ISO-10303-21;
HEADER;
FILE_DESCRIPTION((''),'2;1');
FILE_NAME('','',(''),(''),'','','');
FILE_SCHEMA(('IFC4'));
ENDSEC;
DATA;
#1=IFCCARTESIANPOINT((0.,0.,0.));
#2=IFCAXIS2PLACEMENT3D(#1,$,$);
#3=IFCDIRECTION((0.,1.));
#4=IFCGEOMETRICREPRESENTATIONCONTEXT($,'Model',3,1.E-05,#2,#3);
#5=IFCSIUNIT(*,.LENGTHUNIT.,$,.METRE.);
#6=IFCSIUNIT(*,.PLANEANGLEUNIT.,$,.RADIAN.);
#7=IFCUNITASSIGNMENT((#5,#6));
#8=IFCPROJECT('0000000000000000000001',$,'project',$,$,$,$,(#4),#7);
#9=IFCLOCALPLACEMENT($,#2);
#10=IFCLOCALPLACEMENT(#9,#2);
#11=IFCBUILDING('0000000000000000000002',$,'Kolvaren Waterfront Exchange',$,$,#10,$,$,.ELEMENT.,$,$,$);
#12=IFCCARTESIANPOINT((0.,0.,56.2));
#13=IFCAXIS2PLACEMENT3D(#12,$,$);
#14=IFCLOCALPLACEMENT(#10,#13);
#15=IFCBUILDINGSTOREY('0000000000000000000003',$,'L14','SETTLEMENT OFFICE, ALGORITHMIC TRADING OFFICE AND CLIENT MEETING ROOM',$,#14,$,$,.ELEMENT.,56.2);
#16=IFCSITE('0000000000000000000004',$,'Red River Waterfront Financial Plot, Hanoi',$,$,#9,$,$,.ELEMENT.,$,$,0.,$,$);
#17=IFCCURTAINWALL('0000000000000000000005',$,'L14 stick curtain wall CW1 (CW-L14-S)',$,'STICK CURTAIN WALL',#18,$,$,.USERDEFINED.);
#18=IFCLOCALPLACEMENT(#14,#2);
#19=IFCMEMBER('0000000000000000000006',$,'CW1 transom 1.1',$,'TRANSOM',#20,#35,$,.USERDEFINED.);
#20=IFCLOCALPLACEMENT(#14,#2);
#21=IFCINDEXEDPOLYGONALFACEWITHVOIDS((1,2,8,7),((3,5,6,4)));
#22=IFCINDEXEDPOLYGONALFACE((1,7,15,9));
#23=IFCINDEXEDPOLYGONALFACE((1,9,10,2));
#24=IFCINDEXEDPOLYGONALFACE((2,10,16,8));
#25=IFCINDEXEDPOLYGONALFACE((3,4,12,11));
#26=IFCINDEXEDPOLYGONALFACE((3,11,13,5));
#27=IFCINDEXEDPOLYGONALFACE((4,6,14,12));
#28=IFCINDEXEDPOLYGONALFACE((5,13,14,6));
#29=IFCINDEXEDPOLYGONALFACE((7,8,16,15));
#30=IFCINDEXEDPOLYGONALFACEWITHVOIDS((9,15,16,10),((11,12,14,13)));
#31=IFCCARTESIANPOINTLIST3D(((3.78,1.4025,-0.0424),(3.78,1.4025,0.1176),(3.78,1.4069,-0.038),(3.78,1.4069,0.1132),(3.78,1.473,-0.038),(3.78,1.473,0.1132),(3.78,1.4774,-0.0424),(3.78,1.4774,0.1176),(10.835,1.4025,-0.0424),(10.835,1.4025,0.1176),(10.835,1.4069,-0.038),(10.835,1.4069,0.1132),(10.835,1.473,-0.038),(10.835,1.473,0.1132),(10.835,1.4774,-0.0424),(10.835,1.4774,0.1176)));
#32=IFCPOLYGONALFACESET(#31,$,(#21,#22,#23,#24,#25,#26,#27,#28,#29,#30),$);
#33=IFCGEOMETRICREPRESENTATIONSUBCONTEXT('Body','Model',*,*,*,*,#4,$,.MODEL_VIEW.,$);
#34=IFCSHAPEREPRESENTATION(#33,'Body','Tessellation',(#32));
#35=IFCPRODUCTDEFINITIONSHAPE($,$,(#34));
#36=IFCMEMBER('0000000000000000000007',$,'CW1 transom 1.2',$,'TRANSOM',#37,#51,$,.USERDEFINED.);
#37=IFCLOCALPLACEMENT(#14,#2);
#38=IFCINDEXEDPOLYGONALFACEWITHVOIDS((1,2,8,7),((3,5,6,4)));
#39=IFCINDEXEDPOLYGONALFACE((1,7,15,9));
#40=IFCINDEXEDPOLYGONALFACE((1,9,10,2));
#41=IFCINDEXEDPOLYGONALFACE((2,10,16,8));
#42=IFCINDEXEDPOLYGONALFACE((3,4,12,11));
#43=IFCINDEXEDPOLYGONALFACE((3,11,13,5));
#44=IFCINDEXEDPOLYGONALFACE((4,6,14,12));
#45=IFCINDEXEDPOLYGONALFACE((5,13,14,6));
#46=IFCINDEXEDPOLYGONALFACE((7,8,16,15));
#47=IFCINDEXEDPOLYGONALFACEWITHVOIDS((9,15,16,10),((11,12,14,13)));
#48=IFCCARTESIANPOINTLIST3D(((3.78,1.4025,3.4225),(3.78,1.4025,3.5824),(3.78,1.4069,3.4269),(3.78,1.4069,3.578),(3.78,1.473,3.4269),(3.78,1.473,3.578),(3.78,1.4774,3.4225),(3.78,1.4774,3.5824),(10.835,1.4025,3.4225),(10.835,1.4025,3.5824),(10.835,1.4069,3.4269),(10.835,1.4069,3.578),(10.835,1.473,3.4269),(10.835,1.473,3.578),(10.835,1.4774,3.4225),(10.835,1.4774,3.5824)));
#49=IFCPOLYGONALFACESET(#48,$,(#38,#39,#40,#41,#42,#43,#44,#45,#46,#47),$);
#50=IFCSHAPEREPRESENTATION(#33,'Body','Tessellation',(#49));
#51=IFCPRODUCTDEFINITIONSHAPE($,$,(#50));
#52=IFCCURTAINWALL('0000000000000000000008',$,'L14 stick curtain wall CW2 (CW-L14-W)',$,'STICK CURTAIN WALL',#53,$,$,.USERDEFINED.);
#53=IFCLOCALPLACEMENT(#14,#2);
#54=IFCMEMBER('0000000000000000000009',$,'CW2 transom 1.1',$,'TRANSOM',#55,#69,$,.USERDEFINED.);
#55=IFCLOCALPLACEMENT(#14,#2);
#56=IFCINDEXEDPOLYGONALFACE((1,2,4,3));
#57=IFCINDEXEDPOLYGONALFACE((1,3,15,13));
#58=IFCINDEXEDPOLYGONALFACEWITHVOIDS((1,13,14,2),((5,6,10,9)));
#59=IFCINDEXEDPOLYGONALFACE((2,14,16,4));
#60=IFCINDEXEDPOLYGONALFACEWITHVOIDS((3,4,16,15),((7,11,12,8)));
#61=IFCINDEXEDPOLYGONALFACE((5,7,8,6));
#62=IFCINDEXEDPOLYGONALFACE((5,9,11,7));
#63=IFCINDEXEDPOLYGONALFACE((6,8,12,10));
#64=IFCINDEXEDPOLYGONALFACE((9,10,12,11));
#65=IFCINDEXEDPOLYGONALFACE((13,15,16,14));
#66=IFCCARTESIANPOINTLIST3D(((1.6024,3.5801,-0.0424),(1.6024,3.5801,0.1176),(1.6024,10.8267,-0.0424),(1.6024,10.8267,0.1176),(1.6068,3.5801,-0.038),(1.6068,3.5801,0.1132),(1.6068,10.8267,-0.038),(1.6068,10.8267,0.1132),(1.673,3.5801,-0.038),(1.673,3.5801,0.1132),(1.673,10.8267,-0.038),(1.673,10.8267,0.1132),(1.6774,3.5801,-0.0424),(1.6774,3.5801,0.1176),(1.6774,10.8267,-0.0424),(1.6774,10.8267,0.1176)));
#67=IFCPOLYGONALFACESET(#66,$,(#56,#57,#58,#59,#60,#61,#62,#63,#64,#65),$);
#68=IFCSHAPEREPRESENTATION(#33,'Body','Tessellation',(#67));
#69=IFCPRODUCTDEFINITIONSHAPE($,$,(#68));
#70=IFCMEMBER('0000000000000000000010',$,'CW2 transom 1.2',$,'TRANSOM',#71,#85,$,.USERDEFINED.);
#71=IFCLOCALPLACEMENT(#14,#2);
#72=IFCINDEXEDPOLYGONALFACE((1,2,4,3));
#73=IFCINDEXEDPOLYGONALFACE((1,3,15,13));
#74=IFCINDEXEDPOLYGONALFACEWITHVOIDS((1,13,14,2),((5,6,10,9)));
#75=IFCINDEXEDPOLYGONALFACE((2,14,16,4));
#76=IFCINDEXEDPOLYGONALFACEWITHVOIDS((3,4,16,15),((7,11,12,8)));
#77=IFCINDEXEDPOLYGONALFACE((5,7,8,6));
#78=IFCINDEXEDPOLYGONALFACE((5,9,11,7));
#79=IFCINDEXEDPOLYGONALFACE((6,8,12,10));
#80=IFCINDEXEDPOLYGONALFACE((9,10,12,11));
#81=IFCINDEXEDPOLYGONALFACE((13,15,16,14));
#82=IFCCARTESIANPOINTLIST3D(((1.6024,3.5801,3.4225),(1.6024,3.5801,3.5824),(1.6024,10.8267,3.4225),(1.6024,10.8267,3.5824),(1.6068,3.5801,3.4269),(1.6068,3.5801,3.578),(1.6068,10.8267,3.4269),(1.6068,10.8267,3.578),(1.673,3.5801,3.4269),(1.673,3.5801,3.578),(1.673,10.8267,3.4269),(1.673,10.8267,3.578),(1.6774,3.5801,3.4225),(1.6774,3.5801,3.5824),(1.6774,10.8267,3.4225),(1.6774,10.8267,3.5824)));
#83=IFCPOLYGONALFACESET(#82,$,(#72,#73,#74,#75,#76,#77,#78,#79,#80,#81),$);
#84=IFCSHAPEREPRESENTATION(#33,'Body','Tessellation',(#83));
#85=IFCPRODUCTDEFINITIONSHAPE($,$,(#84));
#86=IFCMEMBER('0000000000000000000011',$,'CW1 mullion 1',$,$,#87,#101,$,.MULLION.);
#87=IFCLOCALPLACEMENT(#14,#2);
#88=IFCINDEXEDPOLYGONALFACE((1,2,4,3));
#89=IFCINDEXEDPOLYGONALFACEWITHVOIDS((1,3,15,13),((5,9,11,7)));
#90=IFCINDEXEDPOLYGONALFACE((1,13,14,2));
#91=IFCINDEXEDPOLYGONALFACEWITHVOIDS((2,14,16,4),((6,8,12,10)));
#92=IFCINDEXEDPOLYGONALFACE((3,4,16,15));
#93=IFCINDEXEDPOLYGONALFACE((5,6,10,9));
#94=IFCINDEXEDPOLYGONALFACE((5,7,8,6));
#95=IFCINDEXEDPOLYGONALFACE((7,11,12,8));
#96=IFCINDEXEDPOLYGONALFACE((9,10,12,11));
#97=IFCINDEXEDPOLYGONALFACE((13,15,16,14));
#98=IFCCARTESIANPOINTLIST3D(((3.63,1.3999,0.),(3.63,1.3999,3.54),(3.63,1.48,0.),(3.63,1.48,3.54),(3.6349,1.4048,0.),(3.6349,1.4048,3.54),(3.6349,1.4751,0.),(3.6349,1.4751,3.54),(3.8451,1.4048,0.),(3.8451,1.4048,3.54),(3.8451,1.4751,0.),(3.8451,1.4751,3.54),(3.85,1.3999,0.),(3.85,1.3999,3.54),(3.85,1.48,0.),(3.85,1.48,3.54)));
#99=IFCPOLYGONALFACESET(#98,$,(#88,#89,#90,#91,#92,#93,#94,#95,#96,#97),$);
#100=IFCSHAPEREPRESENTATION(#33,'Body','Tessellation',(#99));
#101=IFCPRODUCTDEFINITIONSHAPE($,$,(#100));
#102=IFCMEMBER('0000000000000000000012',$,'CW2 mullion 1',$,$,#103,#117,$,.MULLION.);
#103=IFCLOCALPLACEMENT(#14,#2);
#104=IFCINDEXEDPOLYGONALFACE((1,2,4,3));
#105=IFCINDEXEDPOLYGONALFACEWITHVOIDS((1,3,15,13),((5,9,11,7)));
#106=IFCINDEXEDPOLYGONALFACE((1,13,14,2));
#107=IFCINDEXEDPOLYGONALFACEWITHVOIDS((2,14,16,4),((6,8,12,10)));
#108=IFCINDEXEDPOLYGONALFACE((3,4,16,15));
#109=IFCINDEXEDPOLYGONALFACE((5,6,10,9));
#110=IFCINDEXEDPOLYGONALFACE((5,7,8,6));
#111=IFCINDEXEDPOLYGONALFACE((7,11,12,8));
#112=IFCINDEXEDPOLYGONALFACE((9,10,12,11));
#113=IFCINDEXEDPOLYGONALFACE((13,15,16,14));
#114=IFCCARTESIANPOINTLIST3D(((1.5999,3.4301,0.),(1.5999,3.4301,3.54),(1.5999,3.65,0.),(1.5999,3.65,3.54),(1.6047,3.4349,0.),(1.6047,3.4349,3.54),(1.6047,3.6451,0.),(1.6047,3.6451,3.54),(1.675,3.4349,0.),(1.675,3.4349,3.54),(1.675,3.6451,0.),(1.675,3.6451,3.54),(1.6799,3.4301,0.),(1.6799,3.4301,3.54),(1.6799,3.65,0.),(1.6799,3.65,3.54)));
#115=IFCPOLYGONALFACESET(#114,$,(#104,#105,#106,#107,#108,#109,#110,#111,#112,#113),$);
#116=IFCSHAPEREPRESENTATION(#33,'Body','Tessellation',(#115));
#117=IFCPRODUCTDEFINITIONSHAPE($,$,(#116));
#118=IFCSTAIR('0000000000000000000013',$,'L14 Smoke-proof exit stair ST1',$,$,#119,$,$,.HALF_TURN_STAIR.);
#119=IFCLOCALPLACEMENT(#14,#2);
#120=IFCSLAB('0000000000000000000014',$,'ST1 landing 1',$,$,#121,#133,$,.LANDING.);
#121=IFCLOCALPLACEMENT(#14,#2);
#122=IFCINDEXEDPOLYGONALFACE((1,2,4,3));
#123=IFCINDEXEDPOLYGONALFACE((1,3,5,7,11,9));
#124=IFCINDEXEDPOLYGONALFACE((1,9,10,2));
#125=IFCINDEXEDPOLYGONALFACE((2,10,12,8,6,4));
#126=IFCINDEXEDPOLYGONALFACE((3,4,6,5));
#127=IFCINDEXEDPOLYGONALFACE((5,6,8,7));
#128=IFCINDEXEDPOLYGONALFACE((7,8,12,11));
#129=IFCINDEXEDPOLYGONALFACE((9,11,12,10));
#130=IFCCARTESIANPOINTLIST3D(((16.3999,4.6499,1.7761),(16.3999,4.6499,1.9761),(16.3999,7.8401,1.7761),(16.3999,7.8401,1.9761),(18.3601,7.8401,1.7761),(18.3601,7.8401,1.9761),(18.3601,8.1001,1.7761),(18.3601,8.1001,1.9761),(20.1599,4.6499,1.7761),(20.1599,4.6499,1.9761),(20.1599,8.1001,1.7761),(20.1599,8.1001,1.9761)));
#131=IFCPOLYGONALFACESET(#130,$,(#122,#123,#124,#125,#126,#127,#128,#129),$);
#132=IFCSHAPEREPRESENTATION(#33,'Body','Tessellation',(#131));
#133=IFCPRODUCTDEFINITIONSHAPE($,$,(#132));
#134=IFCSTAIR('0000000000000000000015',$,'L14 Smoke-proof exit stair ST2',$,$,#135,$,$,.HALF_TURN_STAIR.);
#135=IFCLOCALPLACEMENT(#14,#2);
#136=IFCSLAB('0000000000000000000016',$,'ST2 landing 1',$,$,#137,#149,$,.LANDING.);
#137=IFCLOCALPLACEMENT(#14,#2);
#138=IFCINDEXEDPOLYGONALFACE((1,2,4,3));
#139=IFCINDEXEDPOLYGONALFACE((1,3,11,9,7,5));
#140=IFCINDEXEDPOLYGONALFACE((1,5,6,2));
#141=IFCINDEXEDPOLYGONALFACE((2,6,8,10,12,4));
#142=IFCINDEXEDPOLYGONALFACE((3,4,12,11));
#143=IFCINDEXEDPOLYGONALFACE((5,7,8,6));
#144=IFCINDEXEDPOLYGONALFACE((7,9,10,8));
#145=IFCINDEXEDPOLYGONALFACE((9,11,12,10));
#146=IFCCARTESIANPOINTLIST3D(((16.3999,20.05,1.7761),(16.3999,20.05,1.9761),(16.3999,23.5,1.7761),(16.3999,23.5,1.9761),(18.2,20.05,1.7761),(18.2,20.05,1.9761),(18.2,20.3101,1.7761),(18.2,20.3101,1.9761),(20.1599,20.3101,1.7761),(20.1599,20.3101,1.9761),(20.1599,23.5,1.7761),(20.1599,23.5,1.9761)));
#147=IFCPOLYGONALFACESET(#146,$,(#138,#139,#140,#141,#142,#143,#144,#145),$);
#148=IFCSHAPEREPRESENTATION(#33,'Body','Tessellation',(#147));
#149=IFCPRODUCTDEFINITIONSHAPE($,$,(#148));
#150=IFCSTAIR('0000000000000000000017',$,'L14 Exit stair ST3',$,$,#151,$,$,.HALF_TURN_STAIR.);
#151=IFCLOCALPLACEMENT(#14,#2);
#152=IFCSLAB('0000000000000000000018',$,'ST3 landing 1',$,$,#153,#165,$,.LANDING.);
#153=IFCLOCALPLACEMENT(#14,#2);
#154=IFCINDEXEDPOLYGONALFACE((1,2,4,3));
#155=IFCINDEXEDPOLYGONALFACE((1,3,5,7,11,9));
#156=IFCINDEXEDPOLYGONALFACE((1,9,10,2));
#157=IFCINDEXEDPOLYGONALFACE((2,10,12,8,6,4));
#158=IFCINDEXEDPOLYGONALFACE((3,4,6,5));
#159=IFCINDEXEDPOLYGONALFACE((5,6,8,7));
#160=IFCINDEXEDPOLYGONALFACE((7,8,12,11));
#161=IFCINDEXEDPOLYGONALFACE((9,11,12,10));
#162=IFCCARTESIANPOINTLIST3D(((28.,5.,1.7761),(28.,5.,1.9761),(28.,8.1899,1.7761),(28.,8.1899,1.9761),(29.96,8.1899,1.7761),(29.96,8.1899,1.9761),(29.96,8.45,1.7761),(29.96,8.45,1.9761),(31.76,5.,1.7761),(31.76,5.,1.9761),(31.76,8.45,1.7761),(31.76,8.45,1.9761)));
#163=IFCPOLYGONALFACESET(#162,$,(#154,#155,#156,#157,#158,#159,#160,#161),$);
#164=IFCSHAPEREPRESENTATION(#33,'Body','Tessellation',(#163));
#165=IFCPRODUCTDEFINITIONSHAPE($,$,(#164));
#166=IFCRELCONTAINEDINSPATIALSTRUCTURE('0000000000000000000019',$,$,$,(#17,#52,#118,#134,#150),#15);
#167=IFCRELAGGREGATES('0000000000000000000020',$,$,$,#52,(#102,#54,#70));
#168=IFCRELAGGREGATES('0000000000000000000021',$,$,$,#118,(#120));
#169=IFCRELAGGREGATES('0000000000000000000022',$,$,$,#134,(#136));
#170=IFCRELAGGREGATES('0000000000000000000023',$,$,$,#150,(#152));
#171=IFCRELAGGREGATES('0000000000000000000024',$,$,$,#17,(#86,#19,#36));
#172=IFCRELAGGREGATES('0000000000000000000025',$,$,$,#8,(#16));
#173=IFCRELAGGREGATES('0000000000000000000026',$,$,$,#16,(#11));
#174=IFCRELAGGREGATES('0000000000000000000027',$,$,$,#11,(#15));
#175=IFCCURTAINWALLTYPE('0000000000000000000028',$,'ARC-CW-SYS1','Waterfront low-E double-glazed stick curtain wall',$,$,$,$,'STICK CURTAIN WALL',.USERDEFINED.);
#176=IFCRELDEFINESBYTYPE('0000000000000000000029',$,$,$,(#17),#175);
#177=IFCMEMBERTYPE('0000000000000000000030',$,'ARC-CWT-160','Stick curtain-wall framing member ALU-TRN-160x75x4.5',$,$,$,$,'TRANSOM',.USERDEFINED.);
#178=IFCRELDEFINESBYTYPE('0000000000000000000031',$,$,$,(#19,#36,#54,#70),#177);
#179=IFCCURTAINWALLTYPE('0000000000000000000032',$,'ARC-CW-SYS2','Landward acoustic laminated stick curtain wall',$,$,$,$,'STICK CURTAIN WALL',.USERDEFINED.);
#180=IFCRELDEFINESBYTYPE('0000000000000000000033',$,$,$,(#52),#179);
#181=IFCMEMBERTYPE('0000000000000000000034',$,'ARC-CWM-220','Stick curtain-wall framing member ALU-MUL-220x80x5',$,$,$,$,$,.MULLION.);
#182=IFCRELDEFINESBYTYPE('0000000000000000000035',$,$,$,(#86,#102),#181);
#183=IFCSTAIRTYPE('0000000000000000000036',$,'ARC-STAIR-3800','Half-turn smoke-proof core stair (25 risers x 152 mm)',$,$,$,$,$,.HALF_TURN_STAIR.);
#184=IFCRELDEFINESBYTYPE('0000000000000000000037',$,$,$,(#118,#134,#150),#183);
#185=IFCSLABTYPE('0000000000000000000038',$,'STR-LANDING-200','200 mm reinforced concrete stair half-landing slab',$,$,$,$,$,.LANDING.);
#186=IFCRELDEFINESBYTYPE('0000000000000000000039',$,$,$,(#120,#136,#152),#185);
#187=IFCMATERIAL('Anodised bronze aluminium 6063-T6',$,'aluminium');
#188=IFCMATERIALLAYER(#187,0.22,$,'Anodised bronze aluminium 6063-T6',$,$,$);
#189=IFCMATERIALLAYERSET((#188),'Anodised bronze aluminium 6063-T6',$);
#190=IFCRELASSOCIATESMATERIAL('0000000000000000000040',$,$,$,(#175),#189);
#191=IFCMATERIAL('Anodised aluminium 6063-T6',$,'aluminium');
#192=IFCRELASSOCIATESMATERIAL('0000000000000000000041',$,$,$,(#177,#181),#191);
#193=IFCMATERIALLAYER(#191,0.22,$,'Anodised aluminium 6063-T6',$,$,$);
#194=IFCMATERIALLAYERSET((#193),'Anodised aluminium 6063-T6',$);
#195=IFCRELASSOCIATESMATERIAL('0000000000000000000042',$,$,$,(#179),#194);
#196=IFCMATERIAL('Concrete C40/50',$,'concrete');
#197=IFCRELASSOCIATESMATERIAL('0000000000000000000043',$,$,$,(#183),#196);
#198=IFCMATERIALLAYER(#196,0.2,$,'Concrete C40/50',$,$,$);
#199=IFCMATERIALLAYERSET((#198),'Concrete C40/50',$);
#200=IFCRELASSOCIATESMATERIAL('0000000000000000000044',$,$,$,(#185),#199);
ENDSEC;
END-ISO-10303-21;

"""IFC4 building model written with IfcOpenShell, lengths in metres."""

from ifc_helpers import new_model, si_unit, direction, frame, origin, origin_with_axes, origin_2d, place, context, subcontext, project, spatial, polyline, hollow_rectangle, outline, extrude, source, transform, mapped, material, layer, layer_set, material_profile, profile_set, type_object, element, aggregate, save


model = new_model("IFC4")

# Units and contexts
model_context = context("Model", 3, precision=1e-05, world=origin(), true_north=direction((0.0, 1.0)))
body_context = subcontext(model_context, "Body", "Model", "MODEL_VIEW")
ifc_project = project(units=[si_unit("LENGTHUNIT", "METRE"), si_unit("PLANEANGLEUNIT", "RADIAN")], contexts=[model_context])

# Site, building, storey
site_placement = place(None, origin())
site = spatial("IfcSite", under=ifc_project, at=site_placement, Name="Red River Waterfront Financial Plot, Hanoi", CompositionType="ELEMENT", RefElevation=0.0)
building_placement = place(site_placement, origin())
building = spatial("IfcBuilding", under=site, at=building_placement, Name="Kolvaren Waterfront Exchange", CompositionType="ELEMENT")
storey_placement = place(building_placement, frame((0.0, 0.0, 56.2)))
storey = spatial("IfcBuildingStorey", under=building, at=storey_placement, Name="L14", Description="SETTLEMENT OFFICE, ALGORITHMIC TRADING OFFICE AND CLIENT MEETING ROOM", CompositionType="ELEMENT", Elevation=56.2)

# Curtain walls, members
ifc_material_1 = material(Name="Anodised bronze aluminium 6063-T6", Category="aluminium")
ifc_layer_1 = layer(ifc_material_1, 0.22, Name="Anodised bronze aluminium 6063-T6")
ifc_layer_set_1 = layer_set([ifc_layer_1], Name="Anodised bronze aluminium 6063-T6")
curtain_wall_type_1 = type_object("IfcCurtainWallType", Name="ARC-CW-SYS1", Description="Waterfront low-E double-glazed stick curtain wall", ElementType="STICK CURTAIN WALL", PredefinedType="USERDEFINED", material=ifc_layer_set_1)
curtain_wall_1_placement = place(storey_placement, origin())
curtain_wall_1 = element("IfcCurtainWall", 1, at=curtain_wall_1_placement, inside=storey, type_object=curtain_wall_type_1, Name="L14 stick curtain wall CW1 (CW-L14-S)", ObjectType="STICK CURTAIN WALL", PredefinedType="USERDEFINED")
ifc_material_2 = material(Name="Anodised aluminium 6063-T6", Category="aluminium")
ifc_material_profile_1 = material_profile(ifc_material_2, hollow_rectangle(XDim=0.075, YDim=0.1599, WallThickness=0.0044, at=origin_2d()), Name="ALU-TRN-160x75x4.5")
ifc_profile_set_1 = profile_set([ifc_material_profile_1], Name="Anodised aluminium 6063-T6")
member_type_1 = type_object("IfcMemberType", Name="ARC-CWT-160", Description="Stick curtain-wall framing member ALU-TRN-160x75x4.5", ElementType="TRANSOM", PredefinedType="USERDEFINED", material=ifc_profile_set_1)
shared_shape_1 = source(origin_with_axes(), body_context, "Body", "SweptSolid", [
    extrude(hollow_rectangle(XDim=0.075, YDim=0.1599, WallThickness=0.0044, at=origin_2d()), origin(), (0.0, 0.0, 1.0), 7.0549),
])
member_1_placement = place(storey_placement, frame((3.78, 1.4399, 0.0376), z_axis=(1.0, 0.0, 0.0), x_axis=(0.0, 1.0, 0.0)))
member_1 = element("IfcMember", 2, at=member_1_placement, type_object=member_type_1, Name="CW1 transom 1.1", ObjectType="TRANSOM", PredefinedType="USERDEFINED", context=body_context, shape_type="MappedRepresentation", body=[
    mapped(shared_shape_1, transform((0.0, 0.0, 0.0), x_axis=(1.0, 0.0, 0.0), y_axis=(0.0, 1.0, 0.0), z_axis=(0.0, 0.0, 1.0), scale=1.0)),
])
member_2_placement = place(storey_placement, frame((3.78, 1.4399, 3.5024), z_axis=(1.0, 0.0, 0.0), x_axis=(0.0, 1.0, 0.0)))
member_2 = element("IfcMember", 3, at=member_2_placement, type_object=member_type_1, Name="CW1 transom 1.2", ObjectType="TRANSOM", PredefinedType="USERDEFINED", context=body_context, shape_type="MappedRepresentation", body=[
    mapped(shared_shape_1, transform((0.0, 0.0, 0.0), x_axis=(1.0, 0.0, 0.0), y_axis=(0.0, 1.0, 0.0), z_axis=(0.0, 0.0, 1.0), scale=1.0)),
])
ifc_layer_2 = layer(ifc_material_2, 0.22, Name="Anodised aluminium 6063-T6")
ifc_layer_set_2 = layer_set([ifc_layer_2], Name="Anodised aluminium 6063-T6")
curtain_wall_type_2 = type_object("IfcCurtainWallType", Name="ARC-CW-SYS2", Description="Landward acoustic laminated stick curtain wall", ElementType="STICK CURTAIN WALL", PredefinedType="USERDEFINED", material=ifc_layer_set_2)
curtain_wall_2_placement = place(storey_placement, origin())
curtain_wall_2 = element("IfcCurtainWall", 4, at=curtain_wall_2_placement, inside=storey, type_object=curtain_wall_type_2, Name="L14 stick curtain wall CW2 (CW-L14-W)", ObjectType="STICK CURTAIN WALL", PredefinedType="USERDEFINED")
shared_shape_2 = source(origin_with_axes(), body_context, "Body", "SweptSolid", [
    extrude(hollow_rectangle(XDim=0.075, YDim=0.1599, WallThickness=0.0044, at=origin_2d()), origin(), (0.0, 0.0, 1.0), 7.2466),
])
member_3_placement = place(storey_placement, frame((1.6399, 3.5801, 0.0376), z_axis=(0.0, 1.0, 0.0), x_axis=(-1.0, 0.0, 0.0)))
member_3 = element("IfcMember", 5, at=member_3_placement, type_object=member_type_1, Name="CW2 transom 1.1", ObjectType="TRANSOM", PredefinedType="USERDEFINED", context=body_context, shape_type="MappedRepresentation", body=[
    mapped(shared_shape_2, transform((0.0, 0.0, 0.0), x_axis=(1.0, 0.0, 0.0), y_axis=(0.0, 1.0, 0.0), z_axis=(0.0, 0.0, 1.0), scale=1.0)),
])
member_4_placement = place(storey_placement, frame((1.6399, 3.5801, 3.5024), z_axis=(0.0, 1.0, 0.0), x_axis=(-1.0, 0.0, 0.0)))
member_4 = element("IfcMember", 6, at=member_4_placement, type_object=member_type_1, Name="CW2 transom 1.2", ObjectType="TRANSOM", PredefinedType="USERDEFINED", context=body_context, shape_type="MappedRepresentation", body=[
    mapped(shared_shape_2, transform((0.0, 0.0, 0.0), x_axis=(1.0, 0.0, 0.0), y_axis=(0.0, 1.0, 0.0), z_axis=(0.0, 0.0, 1.0), scale=1.0)),
])

# Members
ifc_material_profile_2 = material_profile(ifc_material_2, hollow_rectangle(XDim=0.0801, YDim=0.22, WallThickness=0.0049, at=origin_2d()), Name="ALU-MUL-220x80x5")
ifc_profile_set_2 = profile_set([ifc_material_profile_2], Name="Anodised aluminium 6063-T6")
member_type_2 = type_object("IfcMemberType", Name="ARC-CWM-220", Description="Stick curtain-wall framing member ALU-MUL-220x80x5", PredefinedType="MULLION", material=ifc_profile_set_2)
shared_shape_3 = source(origin_with_axes(), body_context, "Body", "SweptSolid", [
    extrude(hollow_rectangle(XDim=0.0801, YDim=0.22, WallThickness=0.0049, at=origin_2d()), origin(), (0.0, 0.0, 1.0), 3.54),
])
member_5_placement = place(storey_placement, frame((3.74, 1.4399, 0.0), z_axis=(0.0, 0.0, 1.0), x_axis=(0.0, 1.0, 0.0)))
member_5 = element("IfcMember", 7, at=member_5_placement, type_object=member_type_2, Name="CW1 mullion 1", PredefinedType="MULLION", context=body_context, shape_type="MappedRepresentation", body=[
    mapped(shared_shape_3, transform((0.0, 0.0, 0.0), x_axis=(1.0, 0.0, 0.0), y_axis=(0.0, 1.0, 0.0), z_axis=(0.0, 0.0, 1.0), scale=1.0)),
])
member_6_placement = place(storey_placement, frame((1.6399, 3.54, 0.0), z_axis=(0.0, 0.0, 1.0), x_axis=(-1.0, 0.0, 0.0)))
member_6 = element("IfcMember", 8, at=member_6_placement, type_object=member_type_2, Name="CW2 mullion 1", PredefinedType="MULLION", context=body_context, shape_type="MappedRepresentation", body=[
    mapped(shared_shape_3, transform((0.0, 0.0, 0.0), x_axis=(1.0, 0.0, 0.0), y_axis=(0.0, 1.0, 0.0), z_axis=(0.0, 0.0, 1.0), scale=1.0)),
])
aggregate(curtain_wall_2, [member_6, member_3, member_4])

# Stairs, slabs
ifc_material_3 = material(Name="Concrete C40/50", Category="concrete")
stair_type = type_object("IfcStairType", Name="ARC-STAIR-3800", Description="Half-turn smoke-proof core stair (25 risers x 152 mm)", PredefinedType="HALF_TURN_STAIR", material=ifc_material_3)
stair_1_placement = place(storey_placement, origin())
stair_1 = element("IfcStair", 9, at=stair_1_placement, inside=storey, type_object=stair_type, Name="L14 Smoke-proof exit stair ST1", PredefinedType="HALF_TURN_STAIR")
ifc_layer_3 = layer(ifc_material_3, 0.2, Name="Concrete C40/50")
ifc_layer_set_3 = layer_set([ifc_layer_3], Name="Concrete C40/50")
slab_type_1 = type_object("IfcSlabType", Name="STR-LANDING-200", Description="200 mm reinforced concrete stair half-landing slab", PredefinedType="LANDING", material=ifc_layer_set_3)
slab_1_placement = place(storey_placement, frame((0.0, 0.0, 1.7761)))
slab_1 = element("IfcSlab", 10, at=slab_1_placement, type_object=slab_type_1, Name="ST1 landing 1", PredefinedType="LANDING", context=body_context, shape_type="SweptSolid", body=[
    extrude(outline(polyline([(16.3999, 7.8401), (16.3999, 4.6499), (20.1599, 4.6499), (20.1599, 8.1001), (18.3601, 8.1001), (18.3601, 7.8401), (16.3999, 7.8401)])), origin(), (0.0, 0.0, 1.0), 0.2),
])
aggregate(stair_1, [slab_1])
stair_2_placement = place(storey_placement, origin())
stair_2 = element("IfcStair", 11, at=stair_2_placement, inside=storey, type_object=stair_type, Name="L14 Smoke-proof exit stair ST2", PredefinedType="HALF_TURN_STAIR")
slab_2_placement = place(storey_placement, frame((0.0, 0.0, 1.7761)))
slab_2 = element("IfcSlab", 12, at=slab_2_placement, type_object=slab_type_1, Name="ST2 landing 1", PredefinedType="LANDING", context=body_context, shape_type="SweptSolid", body=[
    extrude(outline(polyline([(20.1599, 20.3101), (20.1599, 23.5), (16.3999, 23.5), (16.3999, 20.05), (18.2, 20.05), (18.2, 20.3101), (20.1599, 20.3101)])), origin(), (0.0, 0.0, 1.0), 0.2),
])
aggregate(stair_2, [slab_2])
stair_3_placement = place(storey_placement, origin())
stair_3 = element("IfcStair", 13, at=stair_3_placement, inside=storey, type_object=stair_type, Name="L14 Exit stair ST3", PredefinedType="HALF_TURN_STAIR")
slab_3_placement = place(storey_placement, frame((0.0, 0.0, 1.7761)))
slab_3 = element("IfcSlab", 14, at=slab_3_placement, type_object=slab_type_1, Name="ST3 landing 1", PredefinedType="LANDING", context=body_context, shape_type="SweptSolid", body=[
    extrude(outline(polyline([(28.0, 8.1899), (28.0, 5.0), (31.76, 5.0), (31.76, 8.45), (29.96, 8.45), (29.96, 8.1899), (28.0, 8.1899)])), origin(), (0.0, 0.0, 1.0), 0.2),
])
aggregate(stair_3, [slab_3])

aggregate(curtain_wall_1, [member_5, member_1, member_2])

save(model, "model.ifc")
